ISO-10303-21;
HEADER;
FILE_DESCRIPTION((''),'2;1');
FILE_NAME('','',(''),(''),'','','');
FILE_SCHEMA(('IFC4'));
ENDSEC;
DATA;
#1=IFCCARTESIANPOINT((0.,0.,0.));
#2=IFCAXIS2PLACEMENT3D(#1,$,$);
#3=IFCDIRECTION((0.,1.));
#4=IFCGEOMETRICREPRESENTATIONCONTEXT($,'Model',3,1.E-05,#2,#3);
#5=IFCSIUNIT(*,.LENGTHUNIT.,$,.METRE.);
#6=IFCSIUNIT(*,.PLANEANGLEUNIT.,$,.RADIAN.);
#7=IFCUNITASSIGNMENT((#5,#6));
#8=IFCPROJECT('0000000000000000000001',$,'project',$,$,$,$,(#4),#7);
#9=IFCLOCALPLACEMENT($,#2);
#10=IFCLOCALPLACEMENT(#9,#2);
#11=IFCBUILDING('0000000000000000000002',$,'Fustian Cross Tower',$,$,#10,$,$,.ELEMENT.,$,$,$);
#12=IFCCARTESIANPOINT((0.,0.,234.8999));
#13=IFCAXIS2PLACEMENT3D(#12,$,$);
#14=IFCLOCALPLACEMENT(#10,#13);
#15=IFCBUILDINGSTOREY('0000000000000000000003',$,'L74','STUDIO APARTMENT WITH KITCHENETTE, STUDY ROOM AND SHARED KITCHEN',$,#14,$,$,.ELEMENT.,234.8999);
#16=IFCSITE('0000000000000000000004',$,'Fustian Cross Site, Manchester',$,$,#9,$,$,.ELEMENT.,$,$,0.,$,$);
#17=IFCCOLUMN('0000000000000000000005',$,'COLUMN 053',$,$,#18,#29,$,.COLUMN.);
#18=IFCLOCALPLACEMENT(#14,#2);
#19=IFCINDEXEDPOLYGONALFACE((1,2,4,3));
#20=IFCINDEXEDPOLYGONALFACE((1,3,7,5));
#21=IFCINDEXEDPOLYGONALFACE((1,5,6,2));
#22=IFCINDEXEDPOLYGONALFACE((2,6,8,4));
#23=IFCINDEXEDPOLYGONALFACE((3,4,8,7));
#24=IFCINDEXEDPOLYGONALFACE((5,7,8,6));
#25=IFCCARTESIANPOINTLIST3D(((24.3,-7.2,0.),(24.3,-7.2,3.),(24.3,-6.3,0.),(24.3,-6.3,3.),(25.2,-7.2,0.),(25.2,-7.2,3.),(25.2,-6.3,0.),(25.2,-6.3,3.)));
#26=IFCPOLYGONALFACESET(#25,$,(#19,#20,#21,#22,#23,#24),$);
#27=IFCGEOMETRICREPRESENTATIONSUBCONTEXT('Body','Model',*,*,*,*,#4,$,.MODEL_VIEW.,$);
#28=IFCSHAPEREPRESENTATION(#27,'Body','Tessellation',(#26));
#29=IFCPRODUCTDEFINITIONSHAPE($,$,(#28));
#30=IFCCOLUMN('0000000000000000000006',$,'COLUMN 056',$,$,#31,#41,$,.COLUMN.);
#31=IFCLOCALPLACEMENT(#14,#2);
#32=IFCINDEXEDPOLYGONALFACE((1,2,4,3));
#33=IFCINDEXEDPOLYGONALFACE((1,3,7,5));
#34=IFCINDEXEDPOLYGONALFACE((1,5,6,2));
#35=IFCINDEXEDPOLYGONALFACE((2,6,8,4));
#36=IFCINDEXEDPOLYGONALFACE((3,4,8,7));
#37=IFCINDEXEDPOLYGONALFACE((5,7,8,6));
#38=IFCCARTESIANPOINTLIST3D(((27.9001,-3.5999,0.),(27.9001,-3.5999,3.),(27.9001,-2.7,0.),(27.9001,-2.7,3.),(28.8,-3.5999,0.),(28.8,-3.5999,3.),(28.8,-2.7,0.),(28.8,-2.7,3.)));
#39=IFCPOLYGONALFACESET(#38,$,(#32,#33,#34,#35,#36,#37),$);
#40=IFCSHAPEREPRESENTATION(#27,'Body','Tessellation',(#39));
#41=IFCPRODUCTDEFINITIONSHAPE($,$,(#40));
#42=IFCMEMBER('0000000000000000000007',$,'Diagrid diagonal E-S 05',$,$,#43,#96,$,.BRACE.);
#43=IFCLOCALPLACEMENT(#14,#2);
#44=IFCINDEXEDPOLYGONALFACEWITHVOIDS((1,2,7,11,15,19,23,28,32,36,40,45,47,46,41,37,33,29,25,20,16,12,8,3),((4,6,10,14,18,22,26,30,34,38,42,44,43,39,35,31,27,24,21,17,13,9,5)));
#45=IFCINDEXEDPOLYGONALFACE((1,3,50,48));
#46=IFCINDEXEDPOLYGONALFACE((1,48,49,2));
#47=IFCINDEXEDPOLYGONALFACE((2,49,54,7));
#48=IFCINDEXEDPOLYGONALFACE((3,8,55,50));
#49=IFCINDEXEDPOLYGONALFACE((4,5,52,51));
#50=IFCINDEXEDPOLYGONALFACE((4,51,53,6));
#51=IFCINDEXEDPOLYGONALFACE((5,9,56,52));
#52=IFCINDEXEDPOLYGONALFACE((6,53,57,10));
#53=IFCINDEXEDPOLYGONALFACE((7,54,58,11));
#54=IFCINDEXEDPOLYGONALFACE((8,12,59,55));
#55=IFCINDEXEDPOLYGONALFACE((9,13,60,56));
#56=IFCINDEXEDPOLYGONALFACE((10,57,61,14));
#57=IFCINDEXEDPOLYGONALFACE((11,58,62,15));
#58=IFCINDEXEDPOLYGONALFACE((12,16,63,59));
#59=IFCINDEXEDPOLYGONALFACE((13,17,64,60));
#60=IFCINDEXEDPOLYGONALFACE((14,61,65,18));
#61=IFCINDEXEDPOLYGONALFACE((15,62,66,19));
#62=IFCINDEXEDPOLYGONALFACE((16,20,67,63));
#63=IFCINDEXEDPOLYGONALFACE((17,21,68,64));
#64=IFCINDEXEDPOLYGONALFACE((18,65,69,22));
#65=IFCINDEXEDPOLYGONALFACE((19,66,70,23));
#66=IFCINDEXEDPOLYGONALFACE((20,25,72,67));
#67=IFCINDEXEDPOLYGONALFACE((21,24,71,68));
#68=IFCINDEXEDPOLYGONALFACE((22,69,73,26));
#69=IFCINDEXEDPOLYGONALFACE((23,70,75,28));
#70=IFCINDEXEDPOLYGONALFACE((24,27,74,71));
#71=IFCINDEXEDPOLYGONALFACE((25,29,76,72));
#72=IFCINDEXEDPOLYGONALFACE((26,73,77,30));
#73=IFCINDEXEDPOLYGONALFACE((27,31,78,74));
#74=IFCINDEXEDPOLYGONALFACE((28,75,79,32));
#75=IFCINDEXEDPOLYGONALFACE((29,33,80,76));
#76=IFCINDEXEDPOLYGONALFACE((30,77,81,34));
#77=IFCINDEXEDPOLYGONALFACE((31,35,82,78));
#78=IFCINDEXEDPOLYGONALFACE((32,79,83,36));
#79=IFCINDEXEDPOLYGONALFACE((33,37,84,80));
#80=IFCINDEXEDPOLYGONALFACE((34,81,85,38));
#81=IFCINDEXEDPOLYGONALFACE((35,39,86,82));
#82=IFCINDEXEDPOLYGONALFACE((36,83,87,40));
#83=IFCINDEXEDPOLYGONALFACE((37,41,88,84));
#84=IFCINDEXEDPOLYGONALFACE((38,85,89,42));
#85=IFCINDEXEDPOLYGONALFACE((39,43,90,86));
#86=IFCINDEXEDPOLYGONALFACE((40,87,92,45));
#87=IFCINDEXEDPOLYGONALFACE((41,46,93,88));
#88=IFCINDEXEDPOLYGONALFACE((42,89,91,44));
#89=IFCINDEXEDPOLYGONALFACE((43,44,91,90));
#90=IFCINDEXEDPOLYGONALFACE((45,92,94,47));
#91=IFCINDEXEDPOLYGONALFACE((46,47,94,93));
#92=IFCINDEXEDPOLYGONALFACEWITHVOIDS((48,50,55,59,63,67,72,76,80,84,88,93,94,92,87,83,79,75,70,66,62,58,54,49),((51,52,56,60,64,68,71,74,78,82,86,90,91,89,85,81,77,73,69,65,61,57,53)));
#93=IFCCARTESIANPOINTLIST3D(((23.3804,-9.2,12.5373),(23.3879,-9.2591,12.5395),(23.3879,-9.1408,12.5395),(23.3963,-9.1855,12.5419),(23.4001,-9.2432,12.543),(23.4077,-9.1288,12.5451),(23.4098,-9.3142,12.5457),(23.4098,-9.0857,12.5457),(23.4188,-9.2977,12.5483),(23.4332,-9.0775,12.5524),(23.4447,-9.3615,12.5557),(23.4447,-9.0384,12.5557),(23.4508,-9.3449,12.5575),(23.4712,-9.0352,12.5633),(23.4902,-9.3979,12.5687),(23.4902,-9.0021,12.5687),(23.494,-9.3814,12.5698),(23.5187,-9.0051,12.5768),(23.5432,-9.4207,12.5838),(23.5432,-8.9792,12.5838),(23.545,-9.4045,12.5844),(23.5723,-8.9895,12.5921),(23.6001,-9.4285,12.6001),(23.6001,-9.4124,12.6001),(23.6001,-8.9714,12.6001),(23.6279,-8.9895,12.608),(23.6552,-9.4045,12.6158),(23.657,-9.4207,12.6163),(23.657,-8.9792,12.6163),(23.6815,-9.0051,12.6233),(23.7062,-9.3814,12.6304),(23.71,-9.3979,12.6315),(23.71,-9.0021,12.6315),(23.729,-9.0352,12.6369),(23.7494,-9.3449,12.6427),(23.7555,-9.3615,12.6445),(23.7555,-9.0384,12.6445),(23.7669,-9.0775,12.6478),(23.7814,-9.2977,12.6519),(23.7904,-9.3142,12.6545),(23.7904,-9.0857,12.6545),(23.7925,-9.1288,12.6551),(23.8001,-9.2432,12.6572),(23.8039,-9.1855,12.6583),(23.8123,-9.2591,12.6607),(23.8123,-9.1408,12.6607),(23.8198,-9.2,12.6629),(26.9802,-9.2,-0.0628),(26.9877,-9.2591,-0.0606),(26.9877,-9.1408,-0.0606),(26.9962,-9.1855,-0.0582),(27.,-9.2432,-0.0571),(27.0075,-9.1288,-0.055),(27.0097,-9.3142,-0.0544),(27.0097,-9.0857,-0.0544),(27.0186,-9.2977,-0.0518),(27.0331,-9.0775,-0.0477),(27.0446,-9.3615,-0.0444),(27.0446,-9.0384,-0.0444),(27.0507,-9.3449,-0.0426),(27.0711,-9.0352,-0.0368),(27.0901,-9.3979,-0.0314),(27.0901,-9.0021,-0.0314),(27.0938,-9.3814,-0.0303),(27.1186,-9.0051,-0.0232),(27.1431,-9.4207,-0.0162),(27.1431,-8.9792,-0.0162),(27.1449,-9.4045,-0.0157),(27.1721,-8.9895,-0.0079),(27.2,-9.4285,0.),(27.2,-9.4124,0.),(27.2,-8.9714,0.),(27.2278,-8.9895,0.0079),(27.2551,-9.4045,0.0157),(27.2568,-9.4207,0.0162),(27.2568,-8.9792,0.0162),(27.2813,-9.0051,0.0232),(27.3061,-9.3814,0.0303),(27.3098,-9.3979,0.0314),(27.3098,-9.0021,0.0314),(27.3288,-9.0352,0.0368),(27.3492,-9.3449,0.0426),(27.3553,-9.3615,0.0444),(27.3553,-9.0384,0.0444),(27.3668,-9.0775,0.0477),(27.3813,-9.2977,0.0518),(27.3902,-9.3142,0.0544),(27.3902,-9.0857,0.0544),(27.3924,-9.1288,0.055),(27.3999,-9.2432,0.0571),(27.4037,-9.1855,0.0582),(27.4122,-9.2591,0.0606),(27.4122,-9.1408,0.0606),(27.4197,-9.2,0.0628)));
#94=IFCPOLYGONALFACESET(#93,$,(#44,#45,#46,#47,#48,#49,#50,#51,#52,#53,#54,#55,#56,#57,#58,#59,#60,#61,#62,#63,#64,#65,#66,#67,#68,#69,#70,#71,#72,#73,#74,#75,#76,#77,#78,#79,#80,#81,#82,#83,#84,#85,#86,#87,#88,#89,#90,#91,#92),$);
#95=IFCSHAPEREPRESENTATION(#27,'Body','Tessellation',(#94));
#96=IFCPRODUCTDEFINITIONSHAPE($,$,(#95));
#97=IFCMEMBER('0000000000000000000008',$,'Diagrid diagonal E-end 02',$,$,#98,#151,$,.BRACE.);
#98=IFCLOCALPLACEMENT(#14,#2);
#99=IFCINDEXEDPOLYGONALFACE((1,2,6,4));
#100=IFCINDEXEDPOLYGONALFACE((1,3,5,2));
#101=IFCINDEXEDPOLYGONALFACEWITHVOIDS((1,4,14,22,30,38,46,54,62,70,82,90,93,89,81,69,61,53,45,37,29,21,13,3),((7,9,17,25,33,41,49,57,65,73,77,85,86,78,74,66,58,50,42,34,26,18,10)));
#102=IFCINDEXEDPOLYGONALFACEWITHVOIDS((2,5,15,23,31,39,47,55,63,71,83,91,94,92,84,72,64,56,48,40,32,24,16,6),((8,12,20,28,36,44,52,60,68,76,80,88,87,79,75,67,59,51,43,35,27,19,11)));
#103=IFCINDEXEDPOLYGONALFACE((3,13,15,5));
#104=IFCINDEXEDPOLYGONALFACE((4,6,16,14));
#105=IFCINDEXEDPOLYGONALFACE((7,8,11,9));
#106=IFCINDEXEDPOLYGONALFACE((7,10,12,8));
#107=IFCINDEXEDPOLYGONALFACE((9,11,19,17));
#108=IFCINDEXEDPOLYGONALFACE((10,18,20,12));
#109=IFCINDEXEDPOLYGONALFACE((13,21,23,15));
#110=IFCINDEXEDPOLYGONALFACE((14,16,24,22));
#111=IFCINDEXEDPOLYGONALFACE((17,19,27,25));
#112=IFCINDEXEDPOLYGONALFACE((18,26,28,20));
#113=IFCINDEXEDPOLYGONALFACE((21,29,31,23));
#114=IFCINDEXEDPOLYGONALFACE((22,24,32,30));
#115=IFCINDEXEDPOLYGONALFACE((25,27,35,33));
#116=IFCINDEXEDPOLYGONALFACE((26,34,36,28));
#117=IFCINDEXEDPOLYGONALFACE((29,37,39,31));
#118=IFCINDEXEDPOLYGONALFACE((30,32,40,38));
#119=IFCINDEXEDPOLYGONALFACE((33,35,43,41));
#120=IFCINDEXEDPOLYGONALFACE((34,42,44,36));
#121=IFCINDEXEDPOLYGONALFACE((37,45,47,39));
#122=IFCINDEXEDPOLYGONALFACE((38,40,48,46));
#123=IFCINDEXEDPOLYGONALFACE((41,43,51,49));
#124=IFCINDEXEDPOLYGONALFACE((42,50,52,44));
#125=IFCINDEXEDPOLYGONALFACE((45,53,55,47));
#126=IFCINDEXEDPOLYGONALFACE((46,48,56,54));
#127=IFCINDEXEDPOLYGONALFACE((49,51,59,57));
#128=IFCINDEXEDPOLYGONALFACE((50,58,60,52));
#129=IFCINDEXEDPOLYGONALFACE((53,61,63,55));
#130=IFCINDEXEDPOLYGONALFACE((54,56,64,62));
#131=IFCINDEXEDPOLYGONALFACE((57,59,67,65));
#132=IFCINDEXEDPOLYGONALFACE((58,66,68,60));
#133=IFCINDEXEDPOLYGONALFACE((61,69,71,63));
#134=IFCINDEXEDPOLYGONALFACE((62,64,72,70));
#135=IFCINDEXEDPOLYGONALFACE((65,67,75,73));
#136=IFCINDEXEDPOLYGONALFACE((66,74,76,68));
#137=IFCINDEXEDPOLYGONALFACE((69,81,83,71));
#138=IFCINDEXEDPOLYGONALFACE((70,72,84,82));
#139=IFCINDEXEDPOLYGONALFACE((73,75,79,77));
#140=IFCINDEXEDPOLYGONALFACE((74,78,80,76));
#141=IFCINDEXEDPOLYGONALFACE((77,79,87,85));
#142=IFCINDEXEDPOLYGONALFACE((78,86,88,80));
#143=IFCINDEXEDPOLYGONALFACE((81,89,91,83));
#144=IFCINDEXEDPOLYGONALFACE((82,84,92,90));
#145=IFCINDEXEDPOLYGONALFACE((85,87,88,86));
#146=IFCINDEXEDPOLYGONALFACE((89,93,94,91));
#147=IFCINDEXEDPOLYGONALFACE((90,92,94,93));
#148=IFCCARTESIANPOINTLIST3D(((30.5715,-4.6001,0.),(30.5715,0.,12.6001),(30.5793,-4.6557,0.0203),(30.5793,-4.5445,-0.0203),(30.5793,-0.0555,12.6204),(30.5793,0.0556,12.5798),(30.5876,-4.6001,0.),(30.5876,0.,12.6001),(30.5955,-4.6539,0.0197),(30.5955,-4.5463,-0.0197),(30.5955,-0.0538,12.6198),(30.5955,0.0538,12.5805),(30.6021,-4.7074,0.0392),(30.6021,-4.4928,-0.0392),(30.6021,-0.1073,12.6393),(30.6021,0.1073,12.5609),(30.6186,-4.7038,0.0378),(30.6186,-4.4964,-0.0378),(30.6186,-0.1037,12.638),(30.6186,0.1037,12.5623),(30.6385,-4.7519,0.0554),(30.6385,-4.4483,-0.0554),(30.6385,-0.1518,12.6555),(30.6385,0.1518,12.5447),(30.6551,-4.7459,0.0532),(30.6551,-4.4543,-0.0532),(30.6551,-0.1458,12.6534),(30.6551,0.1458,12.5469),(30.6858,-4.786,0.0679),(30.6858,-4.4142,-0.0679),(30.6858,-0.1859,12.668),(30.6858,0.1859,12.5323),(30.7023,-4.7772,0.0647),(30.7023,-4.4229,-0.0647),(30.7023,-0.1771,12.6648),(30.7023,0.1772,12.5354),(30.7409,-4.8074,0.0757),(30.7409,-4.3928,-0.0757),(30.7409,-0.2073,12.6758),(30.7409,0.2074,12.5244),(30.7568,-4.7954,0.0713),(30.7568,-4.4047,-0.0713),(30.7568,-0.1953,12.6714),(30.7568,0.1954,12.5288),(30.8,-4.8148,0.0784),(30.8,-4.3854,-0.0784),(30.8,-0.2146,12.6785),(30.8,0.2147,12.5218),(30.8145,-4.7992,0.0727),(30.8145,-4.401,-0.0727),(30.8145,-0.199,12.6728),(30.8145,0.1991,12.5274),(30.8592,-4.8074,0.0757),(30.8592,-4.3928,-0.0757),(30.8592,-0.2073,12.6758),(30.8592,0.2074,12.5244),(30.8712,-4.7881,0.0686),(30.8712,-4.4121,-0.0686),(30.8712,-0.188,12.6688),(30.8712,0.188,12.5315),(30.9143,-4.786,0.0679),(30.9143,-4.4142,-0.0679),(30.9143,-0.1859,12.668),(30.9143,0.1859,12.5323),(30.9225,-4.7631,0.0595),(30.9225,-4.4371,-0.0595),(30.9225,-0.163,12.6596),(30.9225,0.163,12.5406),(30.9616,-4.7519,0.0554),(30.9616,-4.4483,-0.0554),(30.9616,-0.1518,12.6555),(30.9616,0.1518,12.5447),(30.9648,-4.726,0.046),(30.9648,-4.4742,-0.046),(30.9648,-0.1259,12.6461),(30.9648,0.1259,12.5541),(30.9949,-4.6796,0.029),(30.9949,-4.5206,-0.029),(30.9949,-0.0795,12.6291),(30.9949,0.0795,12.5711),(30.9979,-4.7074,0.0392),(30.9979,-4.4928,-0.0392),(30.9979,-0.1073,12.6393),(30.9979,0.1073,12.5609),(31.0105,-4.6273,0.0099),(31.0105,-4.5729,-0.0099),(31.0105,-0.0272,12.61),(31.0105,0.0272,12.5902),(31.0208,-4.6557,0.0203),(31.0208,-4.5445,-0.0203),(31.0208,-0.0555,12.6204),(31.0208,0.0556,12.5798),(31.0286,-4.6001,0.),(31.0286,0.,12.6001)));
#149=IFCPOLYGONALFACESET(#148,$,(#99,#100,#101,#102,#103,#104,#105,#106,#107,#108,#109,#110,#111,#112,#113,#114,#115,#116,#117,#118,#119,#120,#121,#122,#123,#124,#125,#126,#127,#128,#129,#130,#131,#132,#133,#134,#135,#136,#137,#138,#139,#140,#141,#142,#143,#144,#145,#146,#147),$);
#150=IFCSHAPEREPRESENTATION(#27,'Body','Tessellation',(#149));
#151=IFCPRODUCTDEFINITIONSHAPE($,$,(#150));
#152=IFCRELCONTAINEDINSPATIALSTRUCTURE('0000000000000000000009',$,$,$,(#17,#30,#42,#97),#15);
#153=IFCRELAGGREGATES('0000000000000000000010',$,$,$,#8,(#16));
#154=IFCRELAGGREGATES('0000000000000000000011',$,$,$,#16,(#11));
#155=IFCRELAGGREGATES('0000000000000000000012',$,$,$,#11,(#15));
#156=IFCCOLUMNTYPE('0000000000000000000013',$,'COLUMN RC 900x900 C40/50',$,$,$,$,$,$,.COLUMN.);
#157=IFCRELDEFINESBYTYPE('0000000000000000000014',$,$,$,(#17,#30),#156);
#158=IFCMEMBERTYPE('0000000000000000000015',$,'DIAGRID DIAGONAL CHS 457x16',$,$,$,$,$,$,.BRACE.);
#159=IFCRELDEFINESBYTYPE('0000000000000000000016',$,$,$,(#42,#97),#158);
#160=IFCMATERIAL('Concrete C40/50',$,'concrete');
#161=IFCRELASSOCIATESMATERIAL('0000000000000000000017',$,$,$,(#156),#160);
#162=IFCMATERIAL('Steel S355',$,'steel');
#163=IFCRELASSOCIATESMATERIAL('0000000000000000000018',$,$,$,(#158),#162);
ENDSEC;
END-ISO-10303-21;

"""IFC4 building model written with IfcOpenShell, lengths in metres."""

from ifc_helpers import new_model, si_unit, direction, frame, origin, origin_2d, place, context, subcontext, project, spatial, rectangle, hollow_circle, extrude, material, material_profile, profile_set, type_object, element, save


model = new_model("IFC4")

# Units and contexts
model_context = context("Model", 3, precision=1e-05, world=origin(), true_north=direction((0.0, 1.0)))
body_context = subcontext(model_context, "Body", "Model", "MODEL_VIEW")
ifc_project = project(units=[si_unit("LENGTHUNIT", "METRE"), si_unit("PLANEANGLEUNIT", "RADIAN")], contexts=[model_context])

# Site, building, storey
site_placement = place(None, origin())
site = spatial("IfcSite", under=ifc_project, at=site_placement, Name="Fustian Cross Site, Manchester", CompositionType="ELEMENT", RefElevation=0.0)
building_placement = place(site_placement, origin())
building = spatial("IfcBuilding", under=site, at=building_placement, Name="Fustian Cross Tower", CompositionType="ELEMENT")
storey_placement = place(building_placement, frame((0.0, 0.0, 234.8999)))
storey = spatial("IfcBuildingStorey", under=building, at=storey_placement, Name="L74", Description="STUDIO APARTMENT WITH KITCHENETTE, STUDY ROOM AND SHARED KITCHEN", CompositionType="ELEMENT", Elevation=234.8999)

# Columns
ifc_material_1 = material(Name="Concrete C40/50", Category="concrete")
ifc_material_profile_1 = material_profile(ifc_material_1, rectangle(XDim=0.8999, YDim=0.8999, at=origin_2d()), Name="RC 900x900")
ifc_profile_set_1 = profile_set([ifc_material_profile_1], Name="Concrete C40/50")
column_type = type_object("IfcColumnType", Name="COLUMN RC 900x900 C40/50", PredefinedType="COLUMN", material=ifc_profile_set_1)
for number, where, z_axis, x_axis, name in (
    (1, (24.75, -6.75, 0.0), (0.0, 0.0, 1.0), (1.0, 0.0, 0.0), "COLUMN 053"),
    (2, (28.3501, -3.1499, 0.0), (0.0, 0.0, 1.0), (1.0, 0.0, 0.0), "COLUMN 056"),
):
    element("IfcColumn", number, at=place(storey_placement, frame(where, z_axis=z_axis, x_axis=x_axis)), inside=storey, type_object=column_type, Name=name, PredefinedType="COLUMN", context=body_context, shape_type="SweptSolid", body=[
        extrude(rectangle(XDim=0.8999, YDim=0.8999, at=origin_2d()), origin(), (0.0, 0.0, 1.0), 3.0),
    ])

# Members
ifc_material_2 = material(Name="Steel S355", Category="steel")
ifc_material_profile_2 = material_profile(ifc_material_2, hollow_circle(Radius=0.2285, WallThickness=0.0161, at=origin_2d()), Name="CHS 457x16")
ifc_profile_set_2 = profile_set([ifc_material_profile_2], Name="Steel S355")
member_type_1 = type_object("IfcMemberType", Name="DIAGRID DIAGONAL CHS 457x16", PredefinedType="BRACE", material=ifc_profile_set_2)
member_1_placement = place(storey_placement, frame((27.2, -9.2, 0.0), z_axis=(-0.274709, 0.0, 0.961527), x_axis=(0.0, -1.0, 0.0)))
element("IfcMember", 3, at=member_1_placement, inside=storey, type_object=member_type_1, Name="Diagrid diagonal E-S 05", PredefinedType="BRACE", context=body_context, shape_type="SweptSolid", body=[
    extrude(hollow_circle(Radius=0.2285, WallThickness=0.0161, at=origin_2d()), origin(), (0.0, 0.0, 1.0), 13.1042),
])
member_2_placement = place(storey_placement, frame((30.8, -4.6001, 0.0), z_axis=(0.0, 0.342944, 0.939356), x_axis=(-1.0, 0.0, 0.0)))
element("IfcMember", 4, at=member_2_placement, inside=storey, type_object=member_type_1, Name="Diagrid diagonal E-end 02", PredefinedType="BRACE", context=body_context, shape_type="SweptSolid", body=[
    extrude(hollow_circle(Radius=0.2285, WallThickness=0.0161, at=origin_2d()), origin(), (0.0, 0.0, 1.0), 13.4136),
])

save(model, "model.ifc")
